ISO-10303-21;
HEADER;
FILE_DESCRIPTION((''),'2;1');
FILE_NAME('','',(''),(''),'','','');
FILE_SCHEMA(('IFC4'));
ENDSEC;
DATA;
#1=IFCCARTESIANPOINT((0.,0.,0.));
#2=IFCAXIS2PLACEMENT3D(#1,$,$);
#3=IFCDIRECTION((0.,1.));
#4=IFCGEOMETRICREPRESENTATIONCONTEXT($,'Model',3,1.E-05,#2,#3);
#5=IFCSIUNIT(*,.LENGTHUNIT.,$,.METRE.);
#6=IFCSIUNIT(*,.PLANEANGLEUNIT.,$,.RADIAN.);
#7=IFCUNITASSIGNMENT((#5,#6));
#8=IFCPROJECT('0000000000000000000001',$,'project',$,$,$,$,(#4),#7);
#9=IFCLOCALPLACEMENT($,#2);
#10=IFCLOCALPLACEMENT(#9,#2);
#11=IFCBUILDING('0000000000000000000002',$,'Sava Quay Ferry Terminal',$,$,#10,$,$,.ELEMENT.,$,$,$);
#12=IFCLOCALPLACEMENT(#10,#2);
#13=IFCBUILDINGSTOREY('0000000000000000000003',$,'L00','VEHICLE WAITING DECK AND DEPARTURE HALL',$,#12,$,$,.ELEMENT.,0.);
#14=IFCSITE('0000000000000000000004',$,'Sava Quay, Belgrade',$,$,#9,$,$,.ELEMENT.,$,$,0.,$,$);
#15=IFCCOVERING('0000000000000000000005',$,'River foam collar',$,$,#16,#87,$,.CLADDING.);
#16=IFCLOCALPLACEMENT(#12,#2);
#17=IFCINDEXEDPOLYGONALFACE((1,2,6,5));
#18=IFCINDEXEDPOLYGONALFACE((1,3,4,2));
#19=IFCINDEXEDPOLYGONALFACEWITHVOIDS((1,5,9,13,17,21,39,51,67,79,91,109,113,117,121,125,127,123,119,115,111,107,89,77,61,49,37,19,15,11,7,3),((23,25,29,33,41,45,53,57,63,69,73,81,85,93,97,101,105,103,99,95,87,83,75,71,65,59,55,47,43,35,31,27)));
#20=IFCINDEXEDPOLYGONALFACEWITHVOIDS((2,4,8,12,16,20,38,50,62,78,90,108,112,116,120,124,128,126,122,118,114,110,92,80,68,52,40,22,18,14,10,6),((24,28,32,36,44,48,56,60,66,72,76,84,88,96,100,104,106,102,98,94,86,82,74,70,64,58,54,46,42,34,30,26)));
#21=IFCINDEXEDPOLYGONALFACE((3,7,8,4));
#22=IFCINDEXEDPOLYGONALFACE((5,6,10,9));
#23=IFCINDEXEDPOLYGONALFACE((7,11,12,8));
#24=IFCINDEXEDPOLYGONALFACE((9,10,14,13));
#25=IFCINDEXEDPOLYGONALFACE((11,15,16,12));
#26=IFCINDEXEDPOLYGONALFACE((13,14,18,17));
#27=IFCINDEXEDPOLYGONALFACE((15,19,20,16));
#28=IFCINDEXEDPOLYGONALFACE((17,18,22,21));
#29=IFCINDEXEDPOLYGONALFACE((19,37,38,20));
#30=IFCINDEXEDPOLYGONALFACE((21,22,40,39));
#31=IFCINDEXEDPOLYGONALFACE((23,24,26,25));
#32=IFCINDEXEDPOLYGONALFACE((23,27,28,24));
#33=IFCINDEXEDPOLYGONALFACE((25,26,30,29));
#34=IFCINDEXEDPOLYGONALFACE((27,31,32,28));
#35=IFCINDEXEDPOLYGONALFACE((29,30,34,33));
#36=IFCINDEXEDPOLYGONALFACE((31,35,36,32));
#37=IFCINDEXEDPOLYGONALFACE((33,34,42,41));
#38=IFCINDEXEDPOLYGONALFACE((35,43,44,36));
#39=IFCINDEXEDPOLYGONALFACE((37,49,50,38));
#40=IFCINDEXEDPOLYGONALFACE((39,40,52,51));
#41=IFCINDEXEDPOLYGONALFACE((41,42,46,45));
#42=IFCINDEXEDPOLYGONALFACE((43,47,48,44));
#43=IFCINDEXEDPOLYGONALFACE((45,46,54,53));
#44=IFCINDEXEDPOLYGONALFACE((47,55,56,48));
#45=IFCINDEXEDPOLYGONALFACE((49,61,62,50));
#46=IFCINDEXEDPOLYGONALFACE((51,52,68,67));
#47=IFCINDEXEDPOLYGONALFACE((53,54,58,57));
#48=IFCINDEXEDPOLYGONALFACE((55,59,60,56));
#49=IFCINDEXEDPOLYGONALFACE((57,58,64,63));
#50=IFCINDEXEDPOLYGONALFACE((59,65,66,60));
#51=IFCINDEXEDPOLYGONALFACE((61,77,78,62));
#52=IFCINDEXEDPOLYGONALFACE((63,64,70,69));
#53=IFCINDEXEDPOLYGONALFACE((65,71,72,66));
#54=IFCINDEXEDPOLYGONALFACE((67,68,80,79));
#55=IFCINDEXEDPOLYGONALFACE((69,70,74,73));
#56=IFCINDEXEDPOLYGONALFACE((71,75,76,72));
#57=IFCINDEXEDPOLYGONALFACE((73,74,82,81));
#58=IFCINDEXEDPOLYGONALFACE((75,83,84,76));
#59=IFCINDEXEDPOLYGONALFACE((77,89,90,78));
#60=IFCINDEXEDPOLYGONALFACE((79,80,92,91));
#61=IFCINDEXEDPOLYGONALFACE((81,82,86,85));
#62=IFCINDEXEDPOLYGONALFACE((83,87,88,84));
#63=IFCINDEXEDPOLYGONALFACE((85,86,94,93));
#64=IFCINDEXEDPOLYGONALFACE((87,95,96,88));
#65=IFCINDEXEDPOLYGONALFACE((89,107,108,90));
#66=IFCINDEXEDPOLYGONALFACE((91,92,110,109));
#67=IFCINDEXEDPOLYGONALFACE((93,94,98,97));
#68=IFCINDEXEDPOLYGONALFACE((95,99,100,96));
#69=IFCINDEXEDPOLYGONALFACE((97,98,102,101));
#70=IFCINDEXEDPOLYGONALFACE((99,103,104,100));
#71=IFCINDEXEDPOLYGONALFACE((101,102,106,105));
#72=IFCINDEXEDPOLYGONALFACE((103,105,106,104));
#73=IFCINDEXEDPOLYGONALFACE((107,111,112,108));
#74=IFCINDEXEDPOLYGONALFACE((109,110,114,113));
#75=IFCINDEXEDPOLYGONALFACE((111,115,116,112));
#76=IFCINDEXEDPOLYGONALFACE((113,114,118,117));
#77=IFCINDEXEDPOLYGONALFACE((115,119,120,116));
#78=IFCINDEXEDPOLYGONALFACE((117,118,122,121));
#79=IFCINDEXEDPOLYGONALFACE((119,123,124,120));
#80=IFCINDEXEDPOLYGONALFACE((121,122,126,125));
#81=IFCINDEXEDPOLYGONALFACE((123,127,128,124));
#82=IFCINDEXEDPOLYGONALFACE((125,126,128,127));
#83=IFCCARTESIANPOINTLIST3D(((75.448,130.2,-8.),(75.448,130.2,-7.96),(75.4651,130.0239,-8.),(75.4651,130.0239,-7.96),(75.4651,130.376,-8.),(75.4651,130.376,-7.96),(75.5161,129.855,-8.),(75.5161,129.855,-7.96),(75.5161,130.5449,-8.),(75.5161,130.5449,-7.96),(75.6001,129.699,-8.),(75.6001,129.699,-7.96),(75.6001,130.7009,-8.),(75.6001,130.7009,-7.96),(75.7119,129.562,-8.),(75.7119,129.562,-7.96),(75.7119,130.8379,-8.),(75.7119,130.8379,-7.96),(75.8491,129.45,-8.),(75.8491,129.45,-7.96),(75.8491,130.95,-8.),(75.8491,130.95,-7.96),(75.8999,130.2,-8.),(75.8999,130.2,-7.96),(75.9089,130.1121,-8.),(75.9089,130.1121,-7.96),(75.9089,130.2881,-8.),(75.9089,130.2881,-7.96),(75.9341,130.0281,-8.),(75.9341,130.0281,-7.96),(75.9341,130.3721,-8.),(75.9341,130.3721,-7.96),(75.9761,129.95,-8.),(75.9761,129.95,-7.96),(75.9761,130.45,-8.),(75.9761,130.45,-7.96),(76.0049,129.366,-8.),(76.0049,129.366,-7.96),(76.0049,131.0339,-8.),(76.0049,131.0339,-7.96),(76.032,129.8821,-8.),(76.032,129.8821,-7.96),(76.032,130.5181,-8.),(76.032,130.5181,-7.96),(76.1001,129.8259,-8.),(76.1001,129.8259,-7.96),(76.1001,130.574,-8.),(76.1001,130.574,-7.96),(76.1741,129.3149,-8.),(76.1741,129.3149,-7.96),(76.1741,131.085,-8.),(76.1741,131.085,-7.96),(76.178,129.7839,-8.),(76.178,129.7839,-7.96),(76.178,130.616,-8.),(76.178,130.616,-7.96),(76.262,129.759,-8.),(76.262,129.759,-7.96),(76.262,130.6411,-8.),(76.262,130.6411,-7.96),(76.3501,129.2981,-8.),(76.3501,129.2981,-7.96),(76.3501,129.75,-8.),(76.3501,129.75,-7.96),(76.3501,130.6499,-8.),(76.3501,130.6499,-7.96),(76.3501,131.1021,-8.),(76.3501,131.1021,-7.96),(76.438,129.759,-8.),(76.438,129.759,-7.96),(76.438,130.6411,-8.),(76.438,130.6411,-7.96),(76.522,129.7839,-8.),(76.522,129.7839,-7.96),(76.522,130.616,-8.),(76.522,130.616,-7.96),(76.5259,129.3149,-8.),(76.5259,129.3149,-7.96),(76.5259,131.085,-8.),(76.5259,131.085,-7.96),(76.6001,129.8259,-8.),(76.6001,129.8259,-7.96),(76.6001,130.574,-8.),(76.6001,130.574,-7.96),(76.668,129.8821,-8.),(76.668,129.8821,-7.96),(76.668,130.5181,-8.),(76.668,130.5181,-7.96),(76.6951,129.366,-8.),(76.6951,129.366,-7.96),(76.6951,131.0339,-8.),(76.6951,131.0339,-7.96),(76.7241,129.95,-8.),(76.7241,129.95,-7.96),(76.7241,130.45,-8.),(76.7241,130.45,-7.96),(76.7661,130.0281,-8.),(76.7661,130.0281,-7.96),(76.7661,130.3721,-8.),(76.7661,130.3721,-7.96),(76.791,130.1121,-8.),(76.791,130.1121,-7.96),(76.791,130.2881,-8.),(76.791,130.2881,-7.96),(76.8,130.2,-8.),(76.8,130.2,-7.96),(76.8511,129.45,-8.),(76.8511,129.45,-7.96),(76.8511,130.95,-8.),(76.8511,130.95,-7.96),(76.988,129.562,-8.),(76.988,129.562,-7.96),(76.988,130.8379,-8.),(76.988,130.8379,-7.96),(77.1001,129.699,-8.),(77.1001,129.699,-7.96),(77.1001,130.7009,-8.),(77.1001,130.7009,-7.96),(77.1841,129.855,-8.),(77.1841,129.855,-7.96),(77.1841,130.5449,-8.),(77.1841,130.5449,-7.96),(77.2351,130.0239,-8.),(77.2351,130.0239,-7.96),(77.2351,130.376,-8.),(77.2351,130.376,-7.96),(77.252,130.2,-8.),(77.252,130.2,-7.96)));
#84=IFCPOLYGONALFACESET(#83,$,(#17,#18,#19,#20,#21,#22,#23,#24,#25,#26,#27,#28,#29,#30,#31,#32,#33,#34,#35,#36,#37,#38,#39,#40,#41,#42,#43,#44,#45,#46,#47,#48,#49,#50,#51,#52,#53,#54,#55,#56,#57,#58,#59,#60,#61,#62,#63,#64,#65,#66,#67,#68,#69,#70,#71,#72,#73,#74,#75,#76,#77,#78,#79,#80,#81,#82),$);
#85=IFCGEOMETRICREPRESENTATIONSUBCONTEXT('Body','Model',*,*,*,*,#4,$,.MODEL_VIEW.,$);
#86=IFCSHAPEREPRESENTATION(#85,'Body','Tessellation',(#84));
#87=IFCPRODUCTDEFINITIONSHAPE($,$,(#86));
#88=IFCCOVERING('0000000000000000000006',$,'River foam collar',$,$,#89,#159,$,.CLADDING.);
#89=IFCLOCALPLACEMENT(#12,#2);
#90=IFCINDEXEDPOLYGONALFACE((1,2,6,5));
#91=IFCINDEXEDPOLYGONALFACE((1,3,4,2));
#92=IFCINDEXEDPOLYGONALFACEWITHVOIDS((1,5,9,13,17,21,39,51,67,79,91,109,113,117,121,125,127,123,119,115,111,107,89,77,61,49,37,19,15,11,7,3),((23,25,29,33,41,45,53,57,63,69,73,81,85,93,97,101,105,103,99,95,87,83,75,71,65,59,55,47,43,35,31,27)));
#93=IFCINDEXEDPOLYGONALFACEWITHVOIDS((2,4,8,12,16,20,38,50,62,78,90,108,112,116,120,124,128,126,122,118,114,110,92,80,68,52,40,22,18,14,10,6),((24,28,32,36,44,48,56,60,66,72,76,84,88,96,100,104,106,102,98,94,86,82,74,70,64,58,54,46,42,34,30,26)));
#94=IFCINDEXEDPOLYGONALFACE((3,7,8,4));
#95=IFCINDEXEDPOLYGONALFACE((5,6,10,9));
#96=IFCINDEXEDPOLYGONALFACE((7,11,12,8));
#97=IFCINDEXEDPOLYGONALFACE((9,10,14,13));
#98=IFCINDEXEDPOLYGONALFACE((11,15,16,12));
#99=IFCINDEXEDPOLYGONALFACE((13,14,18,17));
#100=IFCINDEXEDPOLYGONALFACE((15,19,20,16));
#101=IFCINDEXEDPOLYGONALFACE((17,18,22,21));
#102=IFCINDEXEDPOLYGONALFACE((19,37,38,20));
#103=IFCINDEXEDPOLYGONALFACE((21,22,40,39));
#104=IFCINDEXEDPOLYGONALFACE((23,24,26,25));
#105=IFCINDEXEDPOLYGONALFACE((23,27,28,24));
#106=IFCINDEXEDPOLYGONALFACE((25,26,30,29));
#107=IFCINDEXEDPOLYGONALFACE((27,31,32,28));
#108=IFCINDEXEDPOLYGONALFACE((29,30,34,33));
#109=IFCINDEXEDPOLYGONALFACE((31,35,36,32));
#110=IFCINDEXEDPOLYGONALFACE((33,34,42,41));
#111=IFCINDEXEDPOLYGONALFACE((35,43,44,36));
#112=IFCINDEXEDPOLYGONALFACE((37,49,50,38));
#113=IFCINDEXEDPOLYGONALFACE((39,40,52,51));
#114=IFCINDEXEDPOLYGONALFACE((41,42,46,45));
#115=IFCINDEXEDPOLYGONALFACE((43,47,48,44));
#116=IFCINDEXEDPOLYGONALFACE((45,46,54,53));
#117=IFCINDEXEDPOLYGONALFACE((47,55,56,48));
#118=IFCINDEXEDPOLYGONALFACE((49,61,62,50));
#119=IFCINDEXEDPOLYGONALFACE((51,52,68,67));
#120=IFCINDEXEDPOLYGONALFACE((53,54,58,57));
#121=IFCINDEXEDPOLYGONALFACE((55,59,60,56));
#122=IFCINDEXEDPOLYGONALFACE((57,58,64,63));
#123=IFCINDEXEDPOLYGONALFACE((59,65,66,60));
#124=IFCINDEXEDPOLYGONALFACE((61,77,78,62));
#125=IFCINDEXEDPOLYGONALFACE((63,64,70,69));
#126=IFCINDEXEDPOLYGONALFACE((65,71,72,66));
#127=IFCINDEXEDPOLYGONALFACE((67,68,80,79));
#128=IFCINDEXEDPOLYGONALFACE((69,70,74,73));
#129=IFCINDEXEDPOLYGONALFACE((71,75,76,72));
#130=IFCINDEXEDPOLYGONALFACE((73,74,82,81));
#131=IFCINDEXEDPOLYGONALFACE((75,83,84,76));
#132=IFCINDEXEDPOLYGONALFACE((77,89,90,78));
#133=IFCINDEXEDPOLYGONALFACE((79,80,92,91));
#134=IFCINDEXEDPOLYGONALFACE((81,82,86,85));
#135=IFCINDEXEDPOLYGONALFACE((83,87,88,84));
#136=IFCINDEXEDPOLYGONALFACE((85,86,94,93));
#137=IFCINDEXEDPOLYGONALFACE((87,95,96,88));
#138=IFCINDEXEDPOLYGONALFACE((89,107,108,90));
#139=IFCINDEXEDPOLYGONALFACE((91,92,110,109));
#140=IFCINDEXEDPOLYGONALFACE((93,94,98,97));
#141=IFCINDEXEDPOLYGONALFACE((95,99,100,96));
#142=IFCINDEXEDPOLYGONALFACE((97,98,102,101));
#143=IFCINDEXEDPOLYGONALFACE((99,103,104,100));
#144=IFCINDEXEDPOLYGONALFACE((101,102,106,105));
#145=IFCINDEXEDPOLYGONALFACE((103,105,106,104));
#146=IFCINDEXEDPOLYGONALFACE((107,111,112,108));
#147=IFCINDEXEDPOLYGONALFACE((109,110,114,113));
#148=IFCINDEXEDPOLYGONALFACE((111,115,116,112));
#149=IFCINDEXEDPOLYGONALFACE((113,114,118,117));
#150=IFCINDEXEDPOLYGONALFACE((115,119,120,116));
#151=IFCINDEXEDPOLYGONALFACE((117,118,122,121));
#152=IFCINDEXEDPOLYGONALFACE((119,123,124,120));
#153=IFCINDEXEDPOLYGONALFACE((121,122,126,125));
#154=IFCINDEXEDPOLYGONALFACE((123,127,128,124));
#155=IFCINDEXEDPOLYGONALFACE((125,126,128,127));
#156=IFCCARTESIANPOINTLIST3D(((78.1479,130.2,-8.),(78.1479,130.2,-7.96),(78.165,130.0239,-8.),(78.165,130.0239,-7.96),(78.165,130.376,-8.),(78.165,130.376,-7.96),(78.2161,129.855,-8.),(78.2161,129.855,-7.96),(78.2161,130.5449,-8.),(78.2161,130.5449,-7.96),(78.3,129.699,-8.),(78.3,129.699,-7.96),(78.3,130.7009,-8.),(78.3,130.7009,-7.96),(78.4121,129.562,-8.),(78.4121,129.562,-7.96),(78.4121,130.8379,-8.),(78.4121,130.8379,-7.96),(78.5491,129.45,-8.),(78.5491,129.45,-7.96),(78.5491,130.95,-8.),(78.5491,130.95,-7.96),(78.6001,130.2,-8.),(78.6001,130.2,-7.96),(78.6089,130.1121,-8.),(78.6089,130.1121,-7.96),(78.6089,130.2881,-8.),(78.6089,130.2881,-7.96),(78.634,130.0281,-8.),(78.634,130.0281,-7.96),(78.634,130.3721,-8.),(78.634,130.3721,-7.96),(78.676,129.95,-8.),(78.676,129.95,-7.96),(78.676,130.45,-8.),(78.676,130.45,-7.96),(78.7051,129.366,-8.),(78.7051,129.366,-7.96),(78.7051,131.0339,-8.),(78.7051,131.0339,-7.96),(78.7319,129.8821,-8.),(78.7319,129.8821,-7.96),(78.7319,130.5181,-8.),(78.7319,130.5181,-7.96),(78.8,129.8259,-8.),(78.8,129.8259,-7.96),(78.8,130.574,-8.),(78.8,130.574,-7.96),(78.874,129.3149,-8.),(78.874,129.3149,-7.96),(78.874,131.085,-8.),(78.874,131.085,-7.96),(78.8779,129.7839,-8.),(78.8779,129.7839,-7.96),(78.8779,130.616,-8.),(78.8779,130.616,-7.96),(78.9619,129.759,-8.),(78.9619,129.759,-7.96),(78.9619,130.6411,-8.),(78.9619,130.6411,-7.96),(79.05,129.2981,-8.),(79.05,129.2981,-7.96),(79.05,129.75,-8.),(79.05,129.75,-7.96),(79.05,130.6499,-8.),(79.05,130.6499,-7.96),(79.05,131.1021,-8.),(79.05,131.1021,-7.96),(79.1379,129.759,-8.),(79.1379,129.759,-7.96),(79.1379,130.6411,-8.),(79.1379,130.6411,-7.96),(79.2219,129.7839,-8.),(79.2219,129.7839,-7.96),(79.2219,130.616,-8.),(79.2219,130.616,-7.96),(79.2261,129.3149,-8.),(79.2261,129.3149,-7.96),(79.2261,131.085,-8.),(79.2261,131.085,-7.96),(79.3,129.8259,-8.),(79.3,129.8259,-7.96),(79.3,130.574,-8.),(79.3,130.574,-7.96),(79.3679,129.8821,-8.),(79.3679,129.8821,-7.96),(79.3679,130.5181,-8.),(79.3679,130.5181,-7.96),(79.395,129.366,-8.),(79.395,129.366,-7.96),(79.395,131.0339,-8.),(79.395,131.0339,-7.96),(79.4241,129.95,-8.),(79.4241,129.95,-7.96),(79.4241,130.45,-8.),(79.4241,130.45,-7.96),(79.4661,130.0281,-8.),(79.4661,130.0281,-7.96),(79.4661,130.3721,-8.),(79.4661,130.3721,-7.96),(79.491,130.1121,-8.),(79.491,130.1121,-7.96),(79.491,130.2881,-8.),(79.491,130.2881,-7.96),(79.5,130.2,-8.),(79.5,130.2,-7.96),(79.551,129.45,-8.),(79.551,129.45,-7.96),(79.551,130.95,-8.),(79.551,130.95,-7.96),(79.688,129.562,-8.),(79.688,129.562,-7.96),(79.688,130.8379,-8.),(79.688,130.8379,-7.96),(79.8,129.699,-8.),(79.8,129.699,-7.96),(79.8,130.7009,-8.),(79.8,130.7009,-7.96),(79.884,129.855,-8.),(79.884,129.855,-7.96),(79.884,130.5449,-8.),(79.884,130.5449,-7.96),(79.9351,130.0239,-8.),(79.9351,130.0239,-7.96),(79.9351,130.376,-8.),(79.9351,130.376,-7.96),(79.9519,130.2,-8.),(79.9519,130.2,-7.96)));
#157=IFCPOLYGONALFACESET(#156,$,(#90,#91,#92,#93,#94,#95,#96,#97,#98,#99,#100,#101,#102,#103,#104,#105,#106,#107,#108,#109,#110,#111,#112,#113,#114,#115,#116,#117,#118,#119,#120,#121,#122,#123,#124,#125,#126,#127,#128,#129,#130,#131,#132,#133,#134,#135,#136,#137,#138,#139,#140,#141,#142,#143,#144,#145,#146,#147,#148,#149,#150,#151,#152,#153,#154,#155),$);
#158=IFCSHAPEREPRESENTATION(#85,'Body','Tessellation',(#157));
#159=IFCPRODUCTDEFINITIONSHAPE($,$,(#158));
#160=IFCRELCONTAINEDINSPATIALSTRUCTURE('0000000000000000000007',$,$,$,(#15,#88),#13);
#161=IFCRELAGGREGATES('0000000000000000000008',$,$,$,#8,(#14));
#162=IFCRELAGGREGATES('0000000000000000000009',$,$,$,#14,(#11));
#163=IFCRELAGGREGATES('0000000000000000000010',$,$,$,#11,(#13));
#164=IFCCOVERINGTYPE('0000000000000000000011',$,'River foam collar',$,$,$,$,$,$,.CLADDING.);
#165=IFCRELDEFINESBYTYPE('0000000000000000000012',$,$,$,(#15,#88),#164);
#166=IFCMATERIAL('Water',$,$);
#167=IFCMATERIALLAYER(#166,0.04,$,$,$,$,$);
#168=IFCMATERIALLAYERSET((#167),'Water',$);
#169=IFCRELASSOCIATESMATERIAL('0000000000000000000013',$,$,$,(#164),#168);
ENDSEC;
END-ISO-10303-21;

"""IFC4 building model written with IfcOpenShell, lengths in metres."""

from ifc_helpers import new_model, si_unit, direction, frame, origin, place, context, subcontext, project, spatial, polyline, outline, extrude, material, layer, layer_set, type_object, element, save


model = new_model("IFC4")

# Units and contexts
model_context = context("Model", 3, precision=1e-05, world=origin(), true_north=direction((0.0, 1.0)))
body_context = subcontext(model_context, "Body", "Model", "MODEL_VIEW")
ifc_project = project(units=[si_unit("LENGTHUNIT", "METRE"), si_unit("PLANEANGLEUNIT", "RADIAN")], contexts=[model_context])

# Site, building, storey
site_placement = place(None, origin())
site = spatial("IfcSite", under=ifc_project, at=site_placement, Name="Sava Quay, Belgrade", CompositionType="ELEMENT", RefElevation=0.0)
building_placement = place(site_placement, origin())
building = spatial("IfcBuilding", under=site, at=building_placement, Name="Sava Quay Ferry Terminal", CompositionType="ELEMENT")
storey_placement = place(building_placement, origin())
storey = spatial("IfcBuildingStorey", under=building, at=storey_placement, Name="L00", Description="VEHICLE WAITING DECK AND DEPARTURE HALL", CompositionType="ELEMENT", Elevation=0.0)

# Coverings
ifc_material_1 = material(Name="Water")
ifc_layer_1 = layer(ifc_material_1, 0.04)
ifc_layer_set_1 = layer_set([ifc_layer_1], Name="Water")
covering_type_1 = type_object("IfcCoveringType", Name="River foam collar", PredefinedType="CLADDING", material=ifc_layer_set_1)
covering_1_placement = place(storey_placement, frame((0.0, 0.0, -8.0)))
element("IfcCovering", 1, at=covering_1_placement, inside=storey, type_object=covering_type_1, Name="River foam collar", PredefinedType="CLADDING", context=body_context, shape_type="SweptSolid", body=[
    extrude(outline(polyline([(75.6001, 130.7009), (75.5161, 130.5449), (75.4651, 130.376), (75.448, 130.2), (75.4651, 130.0239), (75.5161, 129.855), (75.6001, 129.699), (75.7119, 129.562), (75.8491, 129.45), (76.0049, 129.366), (76.1741, 129.3149), (76.3501, 129.2981), (76.5259, 129.3149), (76.6951, 129.366), (76.8511, 129.45), (76.988, 129.562), (77.1001, 129.699), (77.1841, 129.855), (77.2351, 130.0239), (77.252, 130.2), (77.2351, 130.376), (77.1841, 130.5449), (77.1001, 130.7009), (76.988, 130.8379), (76.8511, 130.95), (76.6951, 131.0339), (76.5259, 131.085), (76.3501, 131.1021), (76.1741, 131.085), (76.0049, 131.0339), (75.8491, 130.95), (75.7119, 130.8379), (75.6001, 130.7009)]), holes=[polyline([(75.9761, 129.95), (75.9341, 130.0281), (75.9089, 130.1121), (75.8999, 130.2), (75.9089, 130.2881), (75.9341, 130.3721), (75.9761, 130.45), (76.032, 130.5181), (76.1001, 130.574), (76.178, 130.616), (76.262, 130.6411), (76.3501, 130.6499), (76.438, 130.6411), (76.522, 130.616), (76.6001, 130.574), (76.668, 130.5181), (76.7241, 130.45), (76.7661, 130.3721), (76.791, 130.2881), (76.8, 130.2), (76.791, 130.1121), (76.7661, 130.0281), (76.7241, 129.95), (76.668, 129.8821), (76.6001, 129.8259), (76.522, 129.7839), (76.438, 129.759), (76.3501, 129.75), (76.262, 129.759), (76.178, 129.7839), (76.1001, 129.8259), (76.032, 129.8821), (75.9761, 129.95)])]), origin(), (0.0, 0.0, 1.0), 0.04),
])
covering_2_placement = place(storey_placement, frame((0.0, 0.0, -8.0)))
element("IfcCovering", 2, at=covering_2_placement, inside=storey, type_object=covering_type_1, Name="River foam collar", PredefinedType="CLADDING", context=body_context, shape_type="SweptSolid", body=[
    extrude(outline(polyline([(78.4121, 130.8379), (78.3, 130.7009), (78.2161, 130.5449), (78.165, 130.376), (78.1479, 130.2), (78.165, 130.0239), (78.2161, 129.855), (78.3, 129.699), (78.4121, 129.562), (78.5491, 129.45), (78.7051, 129.366), (78.874, 129.3149), (79.05, 129.2981), (79.2261, 129.3149), (79.395, 129.366), (79.551, 129.45), (79.688, 129.562), (79.8, 129.699), (79.884, 129.855), (79.9351, 130.0239), (79.9519, 130.2), (79.9351, 130.376), (79.884, 130.5449), (79.8, 130.7009), (79.688, 130.8379), (79.551, 130.95), (79.395, 131.0339), (79.2261, 131.085), (79.05, 131.1021), (78.874, 131.085), (78.7051, 131.0339), (78.5491, 130.95), (78.4121, 130.8379)]), holes=[polyline([(78.7319, 129.8821), (78.676, 129.95), (78.634, 130.0281), (78.6089, 130.1121), (78.6001, 130.2), (78.6089, 130.2881), (78.634, 130.3721), (78.676, 130.45), (78.7319, 130.5181), (78.8, 130.574), (78.8779, 130.616), (78.9619, 130.6411), (79.05, 130.6499), (79.1379, 130.6411), (79.2219, 130.616), (79.3, 130.574), (79.3679, 130.5181), (79.4241, 130.45), (79.4661, 130.3721), (79.491, 130.2881), (79.5, 130.2), (79.491, 130.1121), (79.4661, 130.0281), (79.4241, 129.95), (79.3679, 129.8821), (79.3, 129.8259), (79.2219, 129.7839), (79.1379, 129.759), (79.05, 129.75), (78.9619, 129.759), (78.8779, 129.7839), (78.8, 129.8259), (78.7319, 129.8821)])]), origin(), (0.0, 0.0, 1.0), 0.04),
])

save(model, "model.ifc")
